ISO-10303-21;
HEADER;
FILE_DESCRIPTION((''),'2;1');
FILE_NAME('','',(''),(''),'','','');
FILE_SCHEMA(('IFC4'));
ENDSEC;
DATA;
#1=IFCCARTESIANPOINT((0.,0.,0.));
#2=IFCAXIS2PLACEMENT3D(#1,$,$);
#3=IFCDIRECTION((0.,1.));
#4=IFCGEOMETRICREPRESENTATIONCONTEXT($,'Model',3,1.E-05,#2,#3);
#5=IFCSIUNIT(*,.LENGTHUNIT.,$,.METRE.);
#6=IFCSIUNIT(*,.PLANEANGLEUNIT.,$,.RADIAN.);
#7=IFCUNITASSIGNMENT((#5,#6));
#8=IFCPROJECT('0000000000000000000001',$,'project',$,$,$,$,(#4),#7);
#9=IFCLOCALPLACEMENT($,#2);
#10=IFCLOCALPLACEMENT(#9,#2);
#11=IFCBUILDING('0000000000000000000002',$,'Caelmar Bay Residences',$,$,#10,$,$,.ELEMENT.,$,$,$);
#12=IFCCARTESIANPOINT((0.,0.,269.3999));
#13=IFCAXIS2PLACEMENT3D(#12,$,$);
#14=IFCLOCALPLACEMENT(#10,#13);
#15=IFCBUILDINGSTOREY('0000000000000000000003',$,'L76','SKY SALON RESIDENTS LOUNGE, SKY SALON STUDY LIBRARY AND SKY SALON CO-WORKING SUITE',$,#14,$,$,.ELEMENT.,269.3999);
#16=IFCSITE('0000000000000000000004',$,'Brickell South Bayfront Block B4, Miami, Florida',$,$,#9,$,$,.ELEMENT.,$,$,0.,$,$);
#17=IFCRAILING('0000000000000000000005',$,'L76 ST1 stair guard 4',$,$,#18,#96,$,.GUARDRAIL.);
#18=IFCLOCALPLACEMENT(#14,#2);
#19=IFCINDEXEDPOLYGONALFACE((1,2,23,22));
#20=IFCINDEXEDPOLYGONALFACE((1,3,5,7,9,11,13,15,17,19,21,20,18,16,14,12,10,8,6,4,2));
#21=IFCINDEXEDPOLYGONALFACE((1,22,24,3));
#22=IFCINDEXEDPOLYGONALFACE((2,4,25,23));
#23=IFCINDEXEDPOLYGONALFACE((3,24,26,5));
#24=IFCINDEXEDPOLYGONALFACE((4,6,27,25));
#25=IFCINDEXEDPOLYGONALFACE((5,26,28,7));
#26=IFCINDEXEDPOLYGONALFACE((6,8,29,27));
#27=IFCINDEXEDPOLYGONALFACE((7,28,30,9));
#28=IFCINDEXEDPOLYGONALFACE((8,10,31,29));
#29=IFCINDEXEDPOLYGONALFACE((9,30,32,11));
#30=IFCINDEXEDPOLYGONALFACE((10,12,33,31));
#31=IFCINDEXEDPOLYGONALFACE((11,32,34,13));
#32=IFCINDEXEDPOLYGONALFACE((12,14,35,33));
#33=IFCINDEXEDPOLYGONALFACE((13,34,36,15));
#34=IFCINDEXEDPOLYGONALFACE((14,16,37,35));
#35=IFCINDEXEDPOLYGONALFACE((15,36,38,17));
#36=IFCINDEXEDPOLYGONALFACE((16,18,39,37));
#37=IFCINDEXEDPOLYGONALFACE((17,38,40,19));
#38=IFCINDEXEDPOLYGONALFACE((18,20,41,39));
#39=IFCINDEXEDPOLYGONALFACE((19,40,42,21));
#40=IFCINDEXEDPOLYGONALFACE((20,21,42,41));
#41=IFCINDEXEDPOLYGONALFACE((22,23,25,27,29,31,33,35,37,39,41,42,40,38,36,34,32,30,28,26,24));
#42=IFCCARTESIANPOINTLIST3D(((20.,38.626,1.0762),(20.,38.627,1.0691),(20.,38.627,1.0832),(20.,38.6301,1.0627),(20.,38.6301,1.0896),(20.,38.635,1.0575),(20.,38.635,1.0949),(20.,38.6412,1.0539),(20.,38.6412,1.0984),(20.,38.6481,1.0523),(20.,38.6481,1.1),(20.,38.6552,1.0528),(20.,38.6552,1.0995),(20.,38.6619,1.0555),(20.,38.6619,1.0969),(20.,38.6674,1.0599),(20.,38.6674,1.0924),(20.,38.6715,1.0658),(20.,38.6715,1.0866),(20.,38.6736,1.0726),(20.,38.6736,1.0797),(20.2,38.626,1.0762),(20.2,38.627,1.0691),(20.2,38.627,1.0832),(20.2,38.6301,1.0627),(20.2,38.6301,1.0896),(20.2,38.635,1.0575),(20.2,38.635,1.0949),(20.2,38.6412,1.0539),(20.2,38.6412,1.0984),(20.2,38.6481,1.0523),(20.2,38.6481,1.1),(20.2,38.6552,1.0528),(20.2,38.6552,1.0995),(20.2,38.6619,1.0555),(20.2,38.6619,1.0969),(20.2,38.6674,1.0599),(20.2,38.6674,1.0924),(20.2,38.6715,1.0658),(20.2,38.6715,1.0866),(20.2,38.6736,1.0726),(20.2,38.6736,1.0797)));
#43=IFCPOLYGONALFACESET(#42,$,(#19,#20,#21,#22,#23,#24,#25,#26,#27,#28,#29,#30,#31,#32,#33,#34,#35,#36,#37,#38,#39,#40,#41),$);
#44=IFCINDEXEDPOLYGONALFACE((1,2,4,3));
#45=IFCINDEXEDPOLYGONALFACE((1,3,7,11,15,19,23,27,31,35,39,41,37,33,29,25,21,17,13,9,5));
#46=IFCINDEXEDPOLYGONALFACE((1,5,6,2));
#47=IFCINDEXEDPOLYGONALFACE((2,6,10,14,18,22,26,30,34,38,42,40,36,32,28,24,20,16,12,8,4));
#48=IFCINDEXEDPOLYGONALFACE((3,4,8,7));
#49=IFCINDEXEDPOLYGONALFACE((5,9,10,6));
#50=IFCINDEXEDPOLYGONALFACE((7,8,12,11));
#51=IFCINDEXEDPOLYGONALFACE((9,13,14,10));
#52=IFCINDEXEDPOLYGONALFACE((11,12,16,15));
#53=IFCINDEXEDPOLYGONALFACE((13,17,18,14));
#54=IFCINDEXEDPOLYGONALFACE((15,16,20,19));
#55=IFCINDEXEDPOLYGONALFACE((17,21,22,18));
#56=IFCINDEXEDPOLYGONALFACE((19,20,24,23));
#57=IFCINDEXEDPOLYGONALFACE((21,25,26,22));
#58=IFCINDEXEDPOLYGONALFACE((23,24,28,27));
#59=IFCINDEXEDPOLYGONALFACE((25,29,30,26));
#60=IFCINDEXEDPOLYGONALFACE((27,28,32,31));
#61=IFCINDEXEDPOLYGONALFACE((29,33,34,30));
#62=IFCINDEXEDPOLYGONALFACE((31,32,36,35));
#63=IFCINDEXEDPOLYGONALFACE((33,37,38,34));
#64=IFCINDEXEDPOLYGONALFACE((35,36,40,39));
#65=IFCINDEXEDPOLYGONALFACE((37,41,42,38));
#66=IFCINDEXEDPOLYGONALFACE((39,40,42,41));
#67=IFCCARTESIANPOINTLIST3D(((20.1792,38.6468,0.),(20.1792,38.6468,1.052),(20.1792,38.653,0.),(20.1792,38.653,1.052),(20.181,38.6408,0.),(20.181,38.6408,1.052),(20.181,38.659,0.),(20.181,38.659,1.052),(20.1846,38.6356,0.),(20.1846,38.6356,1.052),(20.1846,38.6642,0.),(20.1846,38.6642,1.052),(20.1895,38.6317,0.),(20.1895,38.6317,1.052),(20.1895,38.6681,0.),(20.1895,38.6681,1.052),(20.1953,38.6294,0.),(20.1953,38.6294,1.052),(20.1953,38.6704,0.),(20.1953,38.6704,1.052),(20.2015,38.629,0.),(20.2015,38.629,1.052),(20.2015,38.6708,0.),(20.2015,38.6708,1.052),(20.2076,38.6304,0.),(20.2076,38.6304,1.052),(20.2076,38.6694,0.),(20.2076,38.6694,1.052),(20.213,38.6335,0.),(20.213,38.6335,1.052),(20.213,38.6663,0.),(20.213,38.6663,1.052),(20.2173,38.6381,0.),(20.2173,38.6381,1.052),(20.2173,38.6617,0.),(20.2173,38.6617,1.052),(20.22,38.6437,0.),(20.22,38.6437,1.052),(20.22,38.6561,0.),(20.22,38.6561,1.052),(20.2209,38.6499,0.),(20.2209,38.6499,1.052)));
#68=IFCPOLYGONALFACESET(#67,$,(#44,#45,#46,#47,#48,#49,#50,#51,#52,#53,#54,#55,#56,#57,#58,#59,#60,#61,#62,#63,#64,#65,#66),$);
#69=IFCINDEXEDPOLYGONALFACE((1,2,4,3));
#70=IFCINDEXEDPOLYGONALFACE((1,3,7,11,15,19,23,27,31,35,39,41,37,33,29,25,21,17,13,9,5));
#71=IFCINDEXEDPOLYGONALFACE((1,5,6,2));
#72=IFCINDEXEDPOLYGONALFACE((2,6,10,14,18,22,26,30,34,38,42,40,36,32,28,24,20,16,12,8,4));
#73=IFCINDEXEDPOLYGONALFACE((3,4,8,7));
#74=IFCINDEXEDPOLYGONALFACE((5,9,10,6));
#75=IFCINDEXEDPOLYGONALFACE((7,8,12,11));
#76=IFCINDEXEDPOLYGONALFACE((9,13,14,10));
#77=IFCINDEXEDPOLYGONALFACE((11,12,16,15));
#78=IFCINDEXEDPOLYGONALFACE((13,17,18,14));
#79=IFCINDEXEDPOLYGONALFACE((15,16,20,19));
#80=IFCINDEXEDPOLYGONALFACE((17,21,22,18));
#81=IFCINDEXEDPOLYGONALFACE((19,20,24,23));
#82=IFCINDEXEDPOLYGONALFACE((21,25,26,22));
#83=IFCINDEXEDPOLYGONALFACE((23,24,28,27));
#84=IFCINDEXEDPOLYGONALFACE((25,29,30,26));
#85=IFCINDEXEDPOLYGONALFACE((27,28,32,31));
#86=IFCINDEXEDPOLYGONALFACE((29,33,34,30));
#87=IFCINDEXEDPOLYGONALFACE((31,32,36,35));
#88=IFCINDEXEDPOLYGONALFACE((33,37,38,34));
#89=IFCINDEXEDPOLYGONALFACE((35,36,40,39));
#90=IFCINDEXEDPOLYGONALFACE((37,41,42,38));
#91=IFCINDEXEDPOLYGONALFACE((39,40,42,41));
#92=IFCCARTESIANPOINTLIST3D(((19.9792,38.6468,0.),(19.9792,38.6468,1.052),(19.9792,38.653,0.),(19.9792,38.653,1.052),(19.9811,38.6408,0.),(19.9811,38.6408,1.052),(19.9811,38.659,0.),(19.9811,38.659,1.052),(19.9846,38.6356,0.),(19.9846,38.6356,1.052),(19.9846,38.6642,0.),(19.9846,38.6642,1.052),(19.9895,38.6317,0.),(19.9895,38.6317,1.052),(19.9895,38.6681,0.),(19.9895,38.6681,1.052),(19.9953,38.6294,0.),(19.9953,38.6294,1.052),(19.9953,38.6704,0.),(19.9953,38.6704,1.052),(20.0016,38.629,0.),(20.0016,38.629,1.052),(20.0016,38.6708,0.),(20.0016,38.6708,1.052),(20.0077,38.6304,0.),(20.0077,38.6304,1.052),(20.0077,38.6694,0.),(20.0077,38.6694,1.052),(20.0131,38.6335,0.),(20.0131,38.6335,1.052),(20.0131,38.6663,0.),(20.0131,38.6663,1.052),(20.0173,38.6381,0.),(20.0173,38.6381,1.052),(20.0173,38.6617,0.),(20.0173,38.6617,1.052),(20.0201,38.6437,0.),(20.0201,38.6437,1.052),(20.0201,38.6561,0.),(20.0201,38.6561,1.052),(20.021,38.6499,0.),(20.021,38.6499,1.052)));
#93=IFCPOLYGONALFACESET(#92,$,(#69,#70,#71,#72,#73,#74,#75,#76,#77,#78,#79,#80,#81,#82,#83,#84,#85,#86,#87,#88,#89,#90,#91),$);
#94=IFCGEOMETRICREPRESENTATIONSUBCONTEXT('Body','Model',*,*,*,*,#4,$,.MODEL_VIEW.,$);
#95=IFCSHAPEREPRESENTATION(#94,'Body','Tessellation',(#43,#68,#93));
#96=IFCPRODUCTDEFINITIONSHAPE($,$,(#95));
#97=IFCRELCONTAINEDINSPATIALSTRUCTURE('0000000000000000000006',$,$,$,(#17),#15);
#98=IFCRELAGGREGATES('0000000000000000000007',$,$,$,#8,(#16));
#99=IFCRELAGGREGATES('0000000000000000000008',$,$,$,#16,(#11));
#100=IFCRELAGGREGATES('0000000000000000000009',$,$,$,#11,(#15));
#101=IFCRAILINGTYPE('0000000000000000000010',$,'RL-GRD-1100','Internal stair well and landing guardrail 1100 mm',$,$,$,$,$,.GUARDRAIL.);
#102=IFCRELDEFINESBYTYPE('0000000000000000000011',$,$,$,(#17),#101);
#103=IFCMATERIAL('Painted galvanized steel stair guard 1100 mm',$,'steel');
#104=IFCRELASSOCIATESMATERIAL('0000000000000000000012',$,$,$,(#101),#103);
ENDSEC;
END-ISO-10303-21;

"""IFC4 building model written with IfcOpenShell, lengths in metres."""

from ifc_helpers import new_model, si_unit, direction, frame, origin, origin_2d, place, context, subcontext, project, spatial, circle, extrude, material, type_object, element, save


model = new_model("IFC4")

# Units and contexts
model_context = context("Model", 3, precision=1e-05, world=origin(), true_north=direction((0.0, 1.0)))
body_context = subcontext(model_context, "Body", "Model", "MODEL_VIEW")
ifc_project = project(units=[si_unit("LENGTHUNIT", "METRE"), si_unit("PLANEANGLEUNIT", "RADIAN")], contexts=[model_context])

# Site, building, storey
site_placement = place(None, origin())
site = spatial("IfcSite", under=ifc_project, at=site_placement, Name="Brickell South Bayfront Block B4, Miami, Florida", CompositionType="ELEMENT", RefElevation=0.0)
building_placement = place(site_placement, origin())
building = spatial("IfcBuilding", under=site, at=building_placement, Name="Caelmar Bay Residences", CompositionType="ELEMENT")
storey_placement = place(building_placement, frame((0.0, 0.0, 269.3999)))
storey = spatial("IfcBuildingStorey", under=building, at=storey_placement, Name="L76", Description="SKY SALON RESIDENTS LOUNGE, SKY SALON STUDY LIBRARY AND SKY SALON CO-WORKING SUITE", CompositionType="ELEMENT", Elevation=269.3999)

# Railing
ifc_material_1 = material(Name="Painted galvanized steel stair guard 1100 mm", Category="steel")
railing_type_1 = type_object("IfcRailingType", Name="RL-GRD-1100", Description="Internal stair well and landing guardrail 1100 mm", PredefinedType="GUARDRAIL", material=ifc_material_1)
railing_1_placement = place(storey_placement, frame((20.2, 38.6499, 0.0)))
element("IfcRailing", 1, at=railing_1_placement, inside=storey, type_object=railing_type_1, Name="L76 ST1 stair guard 4", PredefinedType="GUARDRAIL", context=body_context, shape_type="SweptSolid", body=[
    extrude(circle(Radius=0.0239, at=origin_2d()), frame((0.0, 0.0, 1.0762), z_axis=(-1.0, 0.0, 0.0), x_axis=(0.0, -1.0, 0.0)), (0.0, 0.0, 1.0), 0.2),
    extrude(circle(Radius=0.021, at=origin_2d()), origin(), (0.0, 0.0, 1.0), 1.052),
    extrude(circle(Radius=0.021, at=origin_2d()), frame((-0.2, 0.0, 0.0)), (0.0, 0.0, 1.0), 1.052),
])

save(model, "model.ifc")
